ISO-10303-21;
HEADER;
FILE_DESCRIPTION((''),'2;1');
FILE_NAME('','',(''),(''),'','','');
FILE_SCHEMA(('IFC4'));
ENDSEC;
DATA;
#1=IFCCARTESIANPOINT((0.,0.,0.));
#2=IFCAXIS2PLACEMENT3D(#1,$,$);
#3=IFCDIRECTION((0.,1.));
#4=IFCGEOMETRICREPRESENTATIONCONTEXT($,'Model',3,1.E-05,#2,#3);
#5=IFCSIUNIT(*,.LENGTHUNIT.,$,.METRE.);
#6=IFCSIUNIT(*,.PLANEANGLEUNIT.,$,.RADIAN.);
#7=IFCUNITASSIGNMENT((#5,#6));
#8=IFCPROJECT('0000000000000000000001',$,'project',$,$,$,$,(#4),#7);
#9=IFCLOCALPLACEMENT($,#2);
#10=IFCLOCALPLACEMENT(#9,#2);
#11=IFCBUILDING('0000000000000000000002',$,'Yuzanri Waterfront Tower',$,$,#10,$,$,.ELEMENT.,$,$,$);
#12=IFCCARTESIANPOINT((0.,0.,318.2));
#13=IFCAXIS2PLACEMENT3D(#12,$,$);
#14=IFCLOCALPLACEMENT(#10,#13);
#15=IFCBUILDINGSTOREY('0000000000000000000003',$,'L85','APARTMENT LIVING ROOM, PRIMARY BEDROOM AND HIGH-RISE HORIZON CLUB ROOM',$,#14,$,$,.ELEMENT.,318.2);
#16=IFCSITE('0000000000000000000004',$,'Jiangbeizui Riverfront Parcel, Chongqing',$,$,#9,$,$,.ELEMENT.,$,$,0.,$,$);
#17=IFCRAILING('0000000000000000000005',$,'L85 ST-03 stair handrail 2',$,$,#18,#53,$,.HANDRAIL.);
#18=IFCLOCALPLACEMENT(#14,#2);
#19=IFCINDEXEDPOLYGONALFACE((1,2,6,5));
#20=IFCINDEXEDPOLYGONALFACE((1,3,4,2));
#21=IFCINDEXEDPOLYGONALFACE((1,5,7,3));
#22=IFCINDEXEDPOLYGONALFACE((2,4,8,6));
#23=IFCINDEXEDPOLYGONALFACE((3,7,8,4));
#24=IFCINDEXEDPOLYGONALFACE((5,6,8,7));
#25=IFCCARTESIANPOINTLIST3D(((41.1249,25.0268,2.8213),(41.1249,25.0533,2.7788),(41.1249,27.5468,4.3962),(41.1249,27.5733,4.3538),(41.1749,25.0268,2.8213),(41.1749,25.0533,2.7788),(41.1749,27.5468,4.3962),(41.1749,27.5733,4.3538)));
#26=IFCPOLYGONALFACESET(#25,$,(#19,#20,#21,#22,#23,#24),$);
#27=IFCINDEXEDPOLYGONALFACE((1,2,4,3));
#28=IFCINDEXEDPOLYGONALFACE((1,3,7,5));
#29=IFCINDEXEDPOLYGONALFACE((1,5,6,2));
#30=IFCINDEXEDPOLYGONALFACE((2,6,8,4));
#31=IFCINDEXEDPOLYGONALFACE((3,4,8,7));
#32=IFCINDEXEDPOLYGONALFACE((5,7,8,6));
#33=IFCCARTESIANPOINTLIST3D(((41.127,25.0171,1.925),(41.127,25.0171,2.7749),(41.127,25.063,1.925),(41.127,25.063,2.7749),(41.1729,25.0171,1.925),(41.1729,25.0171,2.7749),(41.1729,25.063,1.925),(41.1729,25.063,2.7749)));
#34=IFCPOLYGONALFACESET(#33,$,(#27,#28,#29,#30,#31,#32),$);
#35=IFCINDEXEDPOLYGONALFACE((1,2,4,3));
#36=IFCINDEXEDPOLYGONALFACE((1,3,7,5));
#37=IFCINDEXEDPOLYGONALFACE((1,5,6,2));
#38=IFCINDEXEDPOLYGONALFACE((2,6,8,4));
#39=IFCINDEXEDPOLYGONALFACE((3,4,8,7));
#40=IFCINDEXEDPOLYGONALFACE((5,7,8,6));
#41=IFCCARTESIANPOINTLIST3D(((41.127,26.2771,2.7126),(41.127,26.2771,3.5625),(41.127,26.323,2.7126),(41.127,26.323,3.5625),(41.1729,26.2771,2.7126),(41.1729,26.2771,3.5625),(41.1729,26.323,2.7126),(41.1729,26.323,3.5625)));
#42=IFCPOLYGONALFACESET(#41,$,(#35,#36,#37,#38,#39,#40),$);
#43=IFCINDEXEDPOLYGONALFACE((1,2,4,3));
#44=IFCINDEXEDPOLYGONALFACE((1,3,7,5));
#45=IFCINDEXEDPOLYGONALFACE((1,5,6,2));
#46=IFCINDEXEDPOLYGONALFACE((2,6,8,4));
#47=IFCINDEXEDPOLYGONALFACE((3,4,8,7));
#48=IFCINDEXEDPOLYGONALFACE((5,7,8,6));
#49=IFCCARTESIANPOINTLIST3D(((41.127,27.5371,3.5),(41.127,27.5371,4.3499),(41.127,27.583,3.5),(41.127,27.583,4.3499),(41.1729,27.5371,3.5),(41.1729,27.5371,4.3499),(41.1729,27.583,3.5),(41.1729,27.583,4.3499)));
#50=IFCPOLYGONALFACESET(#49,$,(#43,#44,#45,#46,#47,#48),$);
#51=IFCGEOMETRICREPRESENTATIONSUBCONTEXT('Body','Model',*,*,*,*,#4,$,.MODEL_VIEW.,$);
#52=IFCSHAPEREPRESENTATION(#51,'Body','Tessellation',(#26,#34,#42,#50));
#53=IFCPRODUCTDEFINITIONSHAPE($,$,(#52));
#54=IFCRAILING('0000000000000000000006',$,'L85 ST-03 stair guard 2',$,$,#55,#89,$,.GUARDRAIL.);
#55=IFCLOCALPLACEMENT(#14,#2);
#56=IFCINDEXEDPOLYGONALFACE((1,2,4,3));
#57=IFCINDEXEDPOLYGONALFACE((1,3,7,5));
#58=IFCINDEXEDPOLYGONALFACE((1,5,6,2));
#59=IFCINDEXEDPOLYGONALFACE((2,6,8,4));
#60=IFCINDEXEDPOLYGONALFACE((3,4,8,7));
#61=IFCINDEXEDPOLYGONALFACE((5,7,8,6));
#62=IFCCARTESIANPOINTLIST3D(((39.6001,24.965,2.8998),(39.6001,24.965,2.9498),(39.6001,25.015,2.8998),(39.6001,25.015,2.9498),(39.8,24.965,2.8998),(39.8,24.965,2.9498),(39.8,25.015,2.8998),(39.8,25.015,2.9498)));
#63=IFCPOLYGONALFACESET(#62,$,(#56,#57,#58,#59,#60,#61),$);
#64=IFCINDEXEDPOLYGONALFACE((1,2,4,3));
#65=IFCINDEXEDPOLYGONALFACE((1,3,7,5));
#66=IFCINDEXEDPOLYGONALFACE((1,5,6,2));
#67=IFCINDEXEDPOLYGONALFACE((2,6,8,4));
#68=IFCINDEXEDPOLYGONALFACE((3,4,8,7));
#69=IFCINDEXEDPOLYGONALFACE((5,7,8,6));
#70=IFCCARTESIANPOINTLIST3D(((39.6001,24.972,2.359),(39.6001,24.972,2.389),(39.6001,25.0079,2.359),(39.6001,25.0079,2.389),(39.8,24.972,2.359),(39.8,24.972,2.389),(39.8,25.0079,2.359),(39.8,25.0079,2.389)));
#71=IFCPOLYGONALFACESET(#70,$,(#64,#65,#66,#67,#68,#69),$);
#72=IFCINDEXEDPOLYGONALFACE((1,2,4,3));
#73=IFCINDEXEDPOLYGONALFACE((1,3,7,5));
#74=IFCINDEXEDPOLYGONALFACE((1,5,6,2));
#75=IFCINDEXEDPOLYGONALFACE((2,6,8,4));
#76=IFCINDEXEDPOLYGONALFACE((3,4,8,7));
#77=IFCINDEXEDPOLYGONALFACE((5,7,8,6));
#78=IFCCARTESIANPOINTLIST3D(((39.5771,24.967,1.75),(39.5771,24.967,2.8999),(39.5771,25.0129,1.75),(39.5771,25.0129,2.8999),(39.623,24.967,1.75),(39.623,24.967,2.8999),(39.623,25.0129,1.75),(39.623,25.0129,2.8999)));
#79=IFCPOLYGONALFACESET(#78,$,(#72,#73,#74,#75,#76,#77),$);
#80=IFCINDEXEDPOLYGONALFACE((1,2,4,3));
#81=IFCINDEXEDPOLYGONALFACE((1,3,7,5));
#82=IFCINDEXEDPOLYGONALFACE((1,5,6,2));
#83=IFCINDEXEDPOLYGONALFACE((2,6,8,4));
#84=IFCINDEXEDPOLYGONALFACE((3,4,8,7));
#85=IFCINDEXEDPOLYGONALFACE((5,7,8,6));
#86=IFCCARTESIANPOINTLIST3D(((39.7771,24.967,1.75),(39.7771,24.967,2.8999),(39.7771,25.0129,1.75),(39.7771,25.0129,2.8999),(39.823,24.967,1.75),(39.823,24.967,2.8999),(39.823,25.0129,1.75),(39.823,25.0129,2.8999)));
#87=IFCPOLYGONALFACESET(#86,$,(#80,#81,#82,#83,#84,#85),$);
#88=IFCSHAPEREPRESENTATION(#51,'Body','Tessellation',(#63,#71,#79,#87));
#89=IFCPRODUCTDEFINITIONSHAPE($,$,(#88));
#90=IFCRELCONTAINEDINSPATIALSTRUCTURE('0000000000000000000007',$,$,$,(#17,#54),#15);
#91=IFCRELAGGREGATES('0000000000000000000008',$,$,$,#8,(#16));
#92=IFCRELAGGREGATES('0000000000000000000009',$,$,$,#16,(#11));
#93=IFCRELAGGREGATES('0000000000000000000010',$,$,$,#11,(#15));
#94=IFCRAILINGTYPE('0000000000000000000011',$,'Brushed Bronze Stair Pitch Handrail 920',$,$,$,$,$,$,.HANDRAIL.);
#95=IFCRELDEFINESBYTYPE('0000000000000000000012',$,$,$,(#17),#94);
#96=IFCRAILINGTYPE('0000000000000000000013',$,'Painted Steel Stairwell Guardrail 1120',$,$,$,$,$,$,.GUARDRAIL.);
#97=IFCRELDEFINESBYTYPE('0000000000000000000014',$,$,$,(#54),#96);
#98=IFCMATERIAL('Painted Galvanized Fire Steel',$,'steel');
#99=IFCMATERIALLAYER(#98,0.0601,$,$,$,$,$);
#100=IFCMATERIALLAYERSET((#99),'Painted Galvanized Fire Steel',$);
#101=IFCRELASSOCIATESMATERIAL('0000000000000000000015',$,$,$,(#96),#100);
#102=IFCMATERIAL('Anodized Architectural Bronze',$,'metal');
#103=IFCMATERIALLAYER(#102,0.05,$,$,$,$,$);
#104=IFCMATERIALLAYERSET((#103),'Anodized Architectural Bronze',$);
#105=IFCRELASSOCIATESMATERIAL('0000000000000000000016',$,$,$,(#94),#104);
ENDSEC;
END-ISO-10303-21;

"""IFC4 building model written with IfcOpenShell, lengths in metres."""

from ifc_helpers import new_model, si_unit, direction, frame, origin, origin_2d, place, context, subcontext, project, spatial, rectangle, extrude, source, transform, mapped, material, layer, layer_set, type_object, element, save


model = new_model("IFC4")

# Units and contexts
model_context = context("Model", 3, precision=1e-05, world=origin(), true_north=direction((0.0, 1.0)))
body_context = subcontext(model_context, "Body", "Model", "MODEL_VIEW")
ifc_project = project(units=[si_unit("LENGTHUNIT", "METRE"), si_unit("PLANEANGLEUNIT", "RADIAN")], contexts=[model_context])

# Site, building, storey
site_placement = place(None, origin())
site = spatial("IfcSite", under=ifc_project, at=site_placement, Name="Jiangbeizui Riverfront Parcel, Chongqing", CompositionType="ELEMENT", RefElevation=0.0)
building_placement = place(site_placement, origin())
building = spatial("IfcBuilding", under=site, at=building_placement, Name="Yuzanri Waterfront Tower", CompositionType="ELEMENT")
storey_placement = place(building_placement, frame((0.0, 0.0, 318.2)))
storey = spatial("IfcBuildingStorey", under=building, at=storey_placement, Name="L85", Description="APARTMENT LIVING ROOM, PRIMARY BEDROOM AND HIGH-RISE HORIZON CLUB ROOM", CompositionType="ELEMENT", Elevation=318.2)

# Railings
ifc_material_1 = material(Name="Painted Galvanized Fire Steel", Category="steel")
ifc_layer_1 = layer(ifc_material_1, 0.0601)
ifc_layer_set_1 = layer_set([ifc_layer_1], Name="Painted Galvanized Fire Steel")
railing_type_1 = type_object("IfcRailingType", Name="Painted Steel Stairwell Guardrail 1120", PredefinedType="GUARDRAIL", material=ifc_layer_set_1)
ifc_material_2 = material(Name="Anodized Architectural Bronze", Category="metal")
ifc_layer_2 = layer(ifc_material_2, 0.05)
ifc_layer_set_2 = layer_set([ifc_layer_2], Name="Anodized Architectural Bronze")
railing_type_2 = type_object("IfcRailingType", Name="Brushed Bronze Stair Pitch Handrail 920", PredefinedType="HANDRAIL", material=ifc_layer_set_2)
shared_shape_1 = source(origin(), body_context, "Body", "SweptSolid", [
    extrude(rectangle(XDim=0.05, YDim=0.05, at=origin_2d()), frame((0.0, 0.0, 0.875), z_axis=(0.0, 0.848008, 0.529984), x_axis=(-1.0, 0.0, 0.0)), (0.0, 0.0, 1.0), 2.9717),
    extrude(rectangle(XDim=0.0459, YDim=0.0459, at=origin_2d()), origin(), (0.0, 0.0, 1.0), 0.8499),
    extrude(rectangle(XDim=0.0459, YDim=0.0459, at=origin_2d()), frame((0.0, 1.26, 0.7876)), (0.0, 0.0, 1.0), 0.8499),
    extrude(rectangle(XDim=0.0459, YDim=0.0459, at=origin_2d()), frame((0.0, 2.52, 1.575)), (0.0, 0.0, 1.0), 0.8499),
])
railing_1_placement = place(storey_placement, frame((41.1499, 25.04, 1.925)))
element("IfcRailing", 1, at=railing_1_placement, inside=storey, type_object=railing_type_2, Name="L85 ST-03 stair handrail 2", PredefinedType="HANDRAIL", context=body_context, shape_type="MappedRepresentation", body=[
    mapped(shared_shape_1, transform((0.0, 0.0, 0.0), scale=1.0)),
])
shared_shape_2 = source(origin(), body_context, "Body", "SweptSolid", [
    extrude(rectangle(XDim=0.05, YDim=0.05, at=origin_2d()), frame((0.0, 0.0, 1.1748), z_axis=(1.0, 0.0, 0.0), x_axis=(0.0, 1.0, 0.0)), (0.0, 0.0, 1.0), 0.2),
    extrude(rectangle(XDim=0.0359, YDim=0.03, at=origin_2d()), frame((0.0, 0.0, 0.624), z_axis=(1.0, 0.0, 0.0), x_axis=(0.0, 1.0, 0.0)), (0.0, 0.0, 1.0), 0.2),
    extrude(rectangle(XDim=0.0459, YDim=0.0459, at=origin_2d()), origin(), (0.0, 0.0, 1.0), 1.1499),
    extrude(rectangle(XDim=0.0459, YDim=0.0459, at=origin_2d()), frame((0.2, 0.0, 0.0)), (0.0, 0.0, 1.0), 1.1499),
])
railing_2_placement = place(storey_placement, frame((39.6001, 24.99, 1.75)))
element("IfcRailing", 2, at=railing_2_placement, inside=storey, type_object=railing_type_1, Name="L85 ST-03 stair guard 2", PredefinedType="GUARDRAIL", context=body_context, shape_type="MappedRepresentation", body=[
    mapped(shared_shape_2, transform((0.0, 0.0, 0.0), scale=1.0)),
])

save(model, "model.ifc")
